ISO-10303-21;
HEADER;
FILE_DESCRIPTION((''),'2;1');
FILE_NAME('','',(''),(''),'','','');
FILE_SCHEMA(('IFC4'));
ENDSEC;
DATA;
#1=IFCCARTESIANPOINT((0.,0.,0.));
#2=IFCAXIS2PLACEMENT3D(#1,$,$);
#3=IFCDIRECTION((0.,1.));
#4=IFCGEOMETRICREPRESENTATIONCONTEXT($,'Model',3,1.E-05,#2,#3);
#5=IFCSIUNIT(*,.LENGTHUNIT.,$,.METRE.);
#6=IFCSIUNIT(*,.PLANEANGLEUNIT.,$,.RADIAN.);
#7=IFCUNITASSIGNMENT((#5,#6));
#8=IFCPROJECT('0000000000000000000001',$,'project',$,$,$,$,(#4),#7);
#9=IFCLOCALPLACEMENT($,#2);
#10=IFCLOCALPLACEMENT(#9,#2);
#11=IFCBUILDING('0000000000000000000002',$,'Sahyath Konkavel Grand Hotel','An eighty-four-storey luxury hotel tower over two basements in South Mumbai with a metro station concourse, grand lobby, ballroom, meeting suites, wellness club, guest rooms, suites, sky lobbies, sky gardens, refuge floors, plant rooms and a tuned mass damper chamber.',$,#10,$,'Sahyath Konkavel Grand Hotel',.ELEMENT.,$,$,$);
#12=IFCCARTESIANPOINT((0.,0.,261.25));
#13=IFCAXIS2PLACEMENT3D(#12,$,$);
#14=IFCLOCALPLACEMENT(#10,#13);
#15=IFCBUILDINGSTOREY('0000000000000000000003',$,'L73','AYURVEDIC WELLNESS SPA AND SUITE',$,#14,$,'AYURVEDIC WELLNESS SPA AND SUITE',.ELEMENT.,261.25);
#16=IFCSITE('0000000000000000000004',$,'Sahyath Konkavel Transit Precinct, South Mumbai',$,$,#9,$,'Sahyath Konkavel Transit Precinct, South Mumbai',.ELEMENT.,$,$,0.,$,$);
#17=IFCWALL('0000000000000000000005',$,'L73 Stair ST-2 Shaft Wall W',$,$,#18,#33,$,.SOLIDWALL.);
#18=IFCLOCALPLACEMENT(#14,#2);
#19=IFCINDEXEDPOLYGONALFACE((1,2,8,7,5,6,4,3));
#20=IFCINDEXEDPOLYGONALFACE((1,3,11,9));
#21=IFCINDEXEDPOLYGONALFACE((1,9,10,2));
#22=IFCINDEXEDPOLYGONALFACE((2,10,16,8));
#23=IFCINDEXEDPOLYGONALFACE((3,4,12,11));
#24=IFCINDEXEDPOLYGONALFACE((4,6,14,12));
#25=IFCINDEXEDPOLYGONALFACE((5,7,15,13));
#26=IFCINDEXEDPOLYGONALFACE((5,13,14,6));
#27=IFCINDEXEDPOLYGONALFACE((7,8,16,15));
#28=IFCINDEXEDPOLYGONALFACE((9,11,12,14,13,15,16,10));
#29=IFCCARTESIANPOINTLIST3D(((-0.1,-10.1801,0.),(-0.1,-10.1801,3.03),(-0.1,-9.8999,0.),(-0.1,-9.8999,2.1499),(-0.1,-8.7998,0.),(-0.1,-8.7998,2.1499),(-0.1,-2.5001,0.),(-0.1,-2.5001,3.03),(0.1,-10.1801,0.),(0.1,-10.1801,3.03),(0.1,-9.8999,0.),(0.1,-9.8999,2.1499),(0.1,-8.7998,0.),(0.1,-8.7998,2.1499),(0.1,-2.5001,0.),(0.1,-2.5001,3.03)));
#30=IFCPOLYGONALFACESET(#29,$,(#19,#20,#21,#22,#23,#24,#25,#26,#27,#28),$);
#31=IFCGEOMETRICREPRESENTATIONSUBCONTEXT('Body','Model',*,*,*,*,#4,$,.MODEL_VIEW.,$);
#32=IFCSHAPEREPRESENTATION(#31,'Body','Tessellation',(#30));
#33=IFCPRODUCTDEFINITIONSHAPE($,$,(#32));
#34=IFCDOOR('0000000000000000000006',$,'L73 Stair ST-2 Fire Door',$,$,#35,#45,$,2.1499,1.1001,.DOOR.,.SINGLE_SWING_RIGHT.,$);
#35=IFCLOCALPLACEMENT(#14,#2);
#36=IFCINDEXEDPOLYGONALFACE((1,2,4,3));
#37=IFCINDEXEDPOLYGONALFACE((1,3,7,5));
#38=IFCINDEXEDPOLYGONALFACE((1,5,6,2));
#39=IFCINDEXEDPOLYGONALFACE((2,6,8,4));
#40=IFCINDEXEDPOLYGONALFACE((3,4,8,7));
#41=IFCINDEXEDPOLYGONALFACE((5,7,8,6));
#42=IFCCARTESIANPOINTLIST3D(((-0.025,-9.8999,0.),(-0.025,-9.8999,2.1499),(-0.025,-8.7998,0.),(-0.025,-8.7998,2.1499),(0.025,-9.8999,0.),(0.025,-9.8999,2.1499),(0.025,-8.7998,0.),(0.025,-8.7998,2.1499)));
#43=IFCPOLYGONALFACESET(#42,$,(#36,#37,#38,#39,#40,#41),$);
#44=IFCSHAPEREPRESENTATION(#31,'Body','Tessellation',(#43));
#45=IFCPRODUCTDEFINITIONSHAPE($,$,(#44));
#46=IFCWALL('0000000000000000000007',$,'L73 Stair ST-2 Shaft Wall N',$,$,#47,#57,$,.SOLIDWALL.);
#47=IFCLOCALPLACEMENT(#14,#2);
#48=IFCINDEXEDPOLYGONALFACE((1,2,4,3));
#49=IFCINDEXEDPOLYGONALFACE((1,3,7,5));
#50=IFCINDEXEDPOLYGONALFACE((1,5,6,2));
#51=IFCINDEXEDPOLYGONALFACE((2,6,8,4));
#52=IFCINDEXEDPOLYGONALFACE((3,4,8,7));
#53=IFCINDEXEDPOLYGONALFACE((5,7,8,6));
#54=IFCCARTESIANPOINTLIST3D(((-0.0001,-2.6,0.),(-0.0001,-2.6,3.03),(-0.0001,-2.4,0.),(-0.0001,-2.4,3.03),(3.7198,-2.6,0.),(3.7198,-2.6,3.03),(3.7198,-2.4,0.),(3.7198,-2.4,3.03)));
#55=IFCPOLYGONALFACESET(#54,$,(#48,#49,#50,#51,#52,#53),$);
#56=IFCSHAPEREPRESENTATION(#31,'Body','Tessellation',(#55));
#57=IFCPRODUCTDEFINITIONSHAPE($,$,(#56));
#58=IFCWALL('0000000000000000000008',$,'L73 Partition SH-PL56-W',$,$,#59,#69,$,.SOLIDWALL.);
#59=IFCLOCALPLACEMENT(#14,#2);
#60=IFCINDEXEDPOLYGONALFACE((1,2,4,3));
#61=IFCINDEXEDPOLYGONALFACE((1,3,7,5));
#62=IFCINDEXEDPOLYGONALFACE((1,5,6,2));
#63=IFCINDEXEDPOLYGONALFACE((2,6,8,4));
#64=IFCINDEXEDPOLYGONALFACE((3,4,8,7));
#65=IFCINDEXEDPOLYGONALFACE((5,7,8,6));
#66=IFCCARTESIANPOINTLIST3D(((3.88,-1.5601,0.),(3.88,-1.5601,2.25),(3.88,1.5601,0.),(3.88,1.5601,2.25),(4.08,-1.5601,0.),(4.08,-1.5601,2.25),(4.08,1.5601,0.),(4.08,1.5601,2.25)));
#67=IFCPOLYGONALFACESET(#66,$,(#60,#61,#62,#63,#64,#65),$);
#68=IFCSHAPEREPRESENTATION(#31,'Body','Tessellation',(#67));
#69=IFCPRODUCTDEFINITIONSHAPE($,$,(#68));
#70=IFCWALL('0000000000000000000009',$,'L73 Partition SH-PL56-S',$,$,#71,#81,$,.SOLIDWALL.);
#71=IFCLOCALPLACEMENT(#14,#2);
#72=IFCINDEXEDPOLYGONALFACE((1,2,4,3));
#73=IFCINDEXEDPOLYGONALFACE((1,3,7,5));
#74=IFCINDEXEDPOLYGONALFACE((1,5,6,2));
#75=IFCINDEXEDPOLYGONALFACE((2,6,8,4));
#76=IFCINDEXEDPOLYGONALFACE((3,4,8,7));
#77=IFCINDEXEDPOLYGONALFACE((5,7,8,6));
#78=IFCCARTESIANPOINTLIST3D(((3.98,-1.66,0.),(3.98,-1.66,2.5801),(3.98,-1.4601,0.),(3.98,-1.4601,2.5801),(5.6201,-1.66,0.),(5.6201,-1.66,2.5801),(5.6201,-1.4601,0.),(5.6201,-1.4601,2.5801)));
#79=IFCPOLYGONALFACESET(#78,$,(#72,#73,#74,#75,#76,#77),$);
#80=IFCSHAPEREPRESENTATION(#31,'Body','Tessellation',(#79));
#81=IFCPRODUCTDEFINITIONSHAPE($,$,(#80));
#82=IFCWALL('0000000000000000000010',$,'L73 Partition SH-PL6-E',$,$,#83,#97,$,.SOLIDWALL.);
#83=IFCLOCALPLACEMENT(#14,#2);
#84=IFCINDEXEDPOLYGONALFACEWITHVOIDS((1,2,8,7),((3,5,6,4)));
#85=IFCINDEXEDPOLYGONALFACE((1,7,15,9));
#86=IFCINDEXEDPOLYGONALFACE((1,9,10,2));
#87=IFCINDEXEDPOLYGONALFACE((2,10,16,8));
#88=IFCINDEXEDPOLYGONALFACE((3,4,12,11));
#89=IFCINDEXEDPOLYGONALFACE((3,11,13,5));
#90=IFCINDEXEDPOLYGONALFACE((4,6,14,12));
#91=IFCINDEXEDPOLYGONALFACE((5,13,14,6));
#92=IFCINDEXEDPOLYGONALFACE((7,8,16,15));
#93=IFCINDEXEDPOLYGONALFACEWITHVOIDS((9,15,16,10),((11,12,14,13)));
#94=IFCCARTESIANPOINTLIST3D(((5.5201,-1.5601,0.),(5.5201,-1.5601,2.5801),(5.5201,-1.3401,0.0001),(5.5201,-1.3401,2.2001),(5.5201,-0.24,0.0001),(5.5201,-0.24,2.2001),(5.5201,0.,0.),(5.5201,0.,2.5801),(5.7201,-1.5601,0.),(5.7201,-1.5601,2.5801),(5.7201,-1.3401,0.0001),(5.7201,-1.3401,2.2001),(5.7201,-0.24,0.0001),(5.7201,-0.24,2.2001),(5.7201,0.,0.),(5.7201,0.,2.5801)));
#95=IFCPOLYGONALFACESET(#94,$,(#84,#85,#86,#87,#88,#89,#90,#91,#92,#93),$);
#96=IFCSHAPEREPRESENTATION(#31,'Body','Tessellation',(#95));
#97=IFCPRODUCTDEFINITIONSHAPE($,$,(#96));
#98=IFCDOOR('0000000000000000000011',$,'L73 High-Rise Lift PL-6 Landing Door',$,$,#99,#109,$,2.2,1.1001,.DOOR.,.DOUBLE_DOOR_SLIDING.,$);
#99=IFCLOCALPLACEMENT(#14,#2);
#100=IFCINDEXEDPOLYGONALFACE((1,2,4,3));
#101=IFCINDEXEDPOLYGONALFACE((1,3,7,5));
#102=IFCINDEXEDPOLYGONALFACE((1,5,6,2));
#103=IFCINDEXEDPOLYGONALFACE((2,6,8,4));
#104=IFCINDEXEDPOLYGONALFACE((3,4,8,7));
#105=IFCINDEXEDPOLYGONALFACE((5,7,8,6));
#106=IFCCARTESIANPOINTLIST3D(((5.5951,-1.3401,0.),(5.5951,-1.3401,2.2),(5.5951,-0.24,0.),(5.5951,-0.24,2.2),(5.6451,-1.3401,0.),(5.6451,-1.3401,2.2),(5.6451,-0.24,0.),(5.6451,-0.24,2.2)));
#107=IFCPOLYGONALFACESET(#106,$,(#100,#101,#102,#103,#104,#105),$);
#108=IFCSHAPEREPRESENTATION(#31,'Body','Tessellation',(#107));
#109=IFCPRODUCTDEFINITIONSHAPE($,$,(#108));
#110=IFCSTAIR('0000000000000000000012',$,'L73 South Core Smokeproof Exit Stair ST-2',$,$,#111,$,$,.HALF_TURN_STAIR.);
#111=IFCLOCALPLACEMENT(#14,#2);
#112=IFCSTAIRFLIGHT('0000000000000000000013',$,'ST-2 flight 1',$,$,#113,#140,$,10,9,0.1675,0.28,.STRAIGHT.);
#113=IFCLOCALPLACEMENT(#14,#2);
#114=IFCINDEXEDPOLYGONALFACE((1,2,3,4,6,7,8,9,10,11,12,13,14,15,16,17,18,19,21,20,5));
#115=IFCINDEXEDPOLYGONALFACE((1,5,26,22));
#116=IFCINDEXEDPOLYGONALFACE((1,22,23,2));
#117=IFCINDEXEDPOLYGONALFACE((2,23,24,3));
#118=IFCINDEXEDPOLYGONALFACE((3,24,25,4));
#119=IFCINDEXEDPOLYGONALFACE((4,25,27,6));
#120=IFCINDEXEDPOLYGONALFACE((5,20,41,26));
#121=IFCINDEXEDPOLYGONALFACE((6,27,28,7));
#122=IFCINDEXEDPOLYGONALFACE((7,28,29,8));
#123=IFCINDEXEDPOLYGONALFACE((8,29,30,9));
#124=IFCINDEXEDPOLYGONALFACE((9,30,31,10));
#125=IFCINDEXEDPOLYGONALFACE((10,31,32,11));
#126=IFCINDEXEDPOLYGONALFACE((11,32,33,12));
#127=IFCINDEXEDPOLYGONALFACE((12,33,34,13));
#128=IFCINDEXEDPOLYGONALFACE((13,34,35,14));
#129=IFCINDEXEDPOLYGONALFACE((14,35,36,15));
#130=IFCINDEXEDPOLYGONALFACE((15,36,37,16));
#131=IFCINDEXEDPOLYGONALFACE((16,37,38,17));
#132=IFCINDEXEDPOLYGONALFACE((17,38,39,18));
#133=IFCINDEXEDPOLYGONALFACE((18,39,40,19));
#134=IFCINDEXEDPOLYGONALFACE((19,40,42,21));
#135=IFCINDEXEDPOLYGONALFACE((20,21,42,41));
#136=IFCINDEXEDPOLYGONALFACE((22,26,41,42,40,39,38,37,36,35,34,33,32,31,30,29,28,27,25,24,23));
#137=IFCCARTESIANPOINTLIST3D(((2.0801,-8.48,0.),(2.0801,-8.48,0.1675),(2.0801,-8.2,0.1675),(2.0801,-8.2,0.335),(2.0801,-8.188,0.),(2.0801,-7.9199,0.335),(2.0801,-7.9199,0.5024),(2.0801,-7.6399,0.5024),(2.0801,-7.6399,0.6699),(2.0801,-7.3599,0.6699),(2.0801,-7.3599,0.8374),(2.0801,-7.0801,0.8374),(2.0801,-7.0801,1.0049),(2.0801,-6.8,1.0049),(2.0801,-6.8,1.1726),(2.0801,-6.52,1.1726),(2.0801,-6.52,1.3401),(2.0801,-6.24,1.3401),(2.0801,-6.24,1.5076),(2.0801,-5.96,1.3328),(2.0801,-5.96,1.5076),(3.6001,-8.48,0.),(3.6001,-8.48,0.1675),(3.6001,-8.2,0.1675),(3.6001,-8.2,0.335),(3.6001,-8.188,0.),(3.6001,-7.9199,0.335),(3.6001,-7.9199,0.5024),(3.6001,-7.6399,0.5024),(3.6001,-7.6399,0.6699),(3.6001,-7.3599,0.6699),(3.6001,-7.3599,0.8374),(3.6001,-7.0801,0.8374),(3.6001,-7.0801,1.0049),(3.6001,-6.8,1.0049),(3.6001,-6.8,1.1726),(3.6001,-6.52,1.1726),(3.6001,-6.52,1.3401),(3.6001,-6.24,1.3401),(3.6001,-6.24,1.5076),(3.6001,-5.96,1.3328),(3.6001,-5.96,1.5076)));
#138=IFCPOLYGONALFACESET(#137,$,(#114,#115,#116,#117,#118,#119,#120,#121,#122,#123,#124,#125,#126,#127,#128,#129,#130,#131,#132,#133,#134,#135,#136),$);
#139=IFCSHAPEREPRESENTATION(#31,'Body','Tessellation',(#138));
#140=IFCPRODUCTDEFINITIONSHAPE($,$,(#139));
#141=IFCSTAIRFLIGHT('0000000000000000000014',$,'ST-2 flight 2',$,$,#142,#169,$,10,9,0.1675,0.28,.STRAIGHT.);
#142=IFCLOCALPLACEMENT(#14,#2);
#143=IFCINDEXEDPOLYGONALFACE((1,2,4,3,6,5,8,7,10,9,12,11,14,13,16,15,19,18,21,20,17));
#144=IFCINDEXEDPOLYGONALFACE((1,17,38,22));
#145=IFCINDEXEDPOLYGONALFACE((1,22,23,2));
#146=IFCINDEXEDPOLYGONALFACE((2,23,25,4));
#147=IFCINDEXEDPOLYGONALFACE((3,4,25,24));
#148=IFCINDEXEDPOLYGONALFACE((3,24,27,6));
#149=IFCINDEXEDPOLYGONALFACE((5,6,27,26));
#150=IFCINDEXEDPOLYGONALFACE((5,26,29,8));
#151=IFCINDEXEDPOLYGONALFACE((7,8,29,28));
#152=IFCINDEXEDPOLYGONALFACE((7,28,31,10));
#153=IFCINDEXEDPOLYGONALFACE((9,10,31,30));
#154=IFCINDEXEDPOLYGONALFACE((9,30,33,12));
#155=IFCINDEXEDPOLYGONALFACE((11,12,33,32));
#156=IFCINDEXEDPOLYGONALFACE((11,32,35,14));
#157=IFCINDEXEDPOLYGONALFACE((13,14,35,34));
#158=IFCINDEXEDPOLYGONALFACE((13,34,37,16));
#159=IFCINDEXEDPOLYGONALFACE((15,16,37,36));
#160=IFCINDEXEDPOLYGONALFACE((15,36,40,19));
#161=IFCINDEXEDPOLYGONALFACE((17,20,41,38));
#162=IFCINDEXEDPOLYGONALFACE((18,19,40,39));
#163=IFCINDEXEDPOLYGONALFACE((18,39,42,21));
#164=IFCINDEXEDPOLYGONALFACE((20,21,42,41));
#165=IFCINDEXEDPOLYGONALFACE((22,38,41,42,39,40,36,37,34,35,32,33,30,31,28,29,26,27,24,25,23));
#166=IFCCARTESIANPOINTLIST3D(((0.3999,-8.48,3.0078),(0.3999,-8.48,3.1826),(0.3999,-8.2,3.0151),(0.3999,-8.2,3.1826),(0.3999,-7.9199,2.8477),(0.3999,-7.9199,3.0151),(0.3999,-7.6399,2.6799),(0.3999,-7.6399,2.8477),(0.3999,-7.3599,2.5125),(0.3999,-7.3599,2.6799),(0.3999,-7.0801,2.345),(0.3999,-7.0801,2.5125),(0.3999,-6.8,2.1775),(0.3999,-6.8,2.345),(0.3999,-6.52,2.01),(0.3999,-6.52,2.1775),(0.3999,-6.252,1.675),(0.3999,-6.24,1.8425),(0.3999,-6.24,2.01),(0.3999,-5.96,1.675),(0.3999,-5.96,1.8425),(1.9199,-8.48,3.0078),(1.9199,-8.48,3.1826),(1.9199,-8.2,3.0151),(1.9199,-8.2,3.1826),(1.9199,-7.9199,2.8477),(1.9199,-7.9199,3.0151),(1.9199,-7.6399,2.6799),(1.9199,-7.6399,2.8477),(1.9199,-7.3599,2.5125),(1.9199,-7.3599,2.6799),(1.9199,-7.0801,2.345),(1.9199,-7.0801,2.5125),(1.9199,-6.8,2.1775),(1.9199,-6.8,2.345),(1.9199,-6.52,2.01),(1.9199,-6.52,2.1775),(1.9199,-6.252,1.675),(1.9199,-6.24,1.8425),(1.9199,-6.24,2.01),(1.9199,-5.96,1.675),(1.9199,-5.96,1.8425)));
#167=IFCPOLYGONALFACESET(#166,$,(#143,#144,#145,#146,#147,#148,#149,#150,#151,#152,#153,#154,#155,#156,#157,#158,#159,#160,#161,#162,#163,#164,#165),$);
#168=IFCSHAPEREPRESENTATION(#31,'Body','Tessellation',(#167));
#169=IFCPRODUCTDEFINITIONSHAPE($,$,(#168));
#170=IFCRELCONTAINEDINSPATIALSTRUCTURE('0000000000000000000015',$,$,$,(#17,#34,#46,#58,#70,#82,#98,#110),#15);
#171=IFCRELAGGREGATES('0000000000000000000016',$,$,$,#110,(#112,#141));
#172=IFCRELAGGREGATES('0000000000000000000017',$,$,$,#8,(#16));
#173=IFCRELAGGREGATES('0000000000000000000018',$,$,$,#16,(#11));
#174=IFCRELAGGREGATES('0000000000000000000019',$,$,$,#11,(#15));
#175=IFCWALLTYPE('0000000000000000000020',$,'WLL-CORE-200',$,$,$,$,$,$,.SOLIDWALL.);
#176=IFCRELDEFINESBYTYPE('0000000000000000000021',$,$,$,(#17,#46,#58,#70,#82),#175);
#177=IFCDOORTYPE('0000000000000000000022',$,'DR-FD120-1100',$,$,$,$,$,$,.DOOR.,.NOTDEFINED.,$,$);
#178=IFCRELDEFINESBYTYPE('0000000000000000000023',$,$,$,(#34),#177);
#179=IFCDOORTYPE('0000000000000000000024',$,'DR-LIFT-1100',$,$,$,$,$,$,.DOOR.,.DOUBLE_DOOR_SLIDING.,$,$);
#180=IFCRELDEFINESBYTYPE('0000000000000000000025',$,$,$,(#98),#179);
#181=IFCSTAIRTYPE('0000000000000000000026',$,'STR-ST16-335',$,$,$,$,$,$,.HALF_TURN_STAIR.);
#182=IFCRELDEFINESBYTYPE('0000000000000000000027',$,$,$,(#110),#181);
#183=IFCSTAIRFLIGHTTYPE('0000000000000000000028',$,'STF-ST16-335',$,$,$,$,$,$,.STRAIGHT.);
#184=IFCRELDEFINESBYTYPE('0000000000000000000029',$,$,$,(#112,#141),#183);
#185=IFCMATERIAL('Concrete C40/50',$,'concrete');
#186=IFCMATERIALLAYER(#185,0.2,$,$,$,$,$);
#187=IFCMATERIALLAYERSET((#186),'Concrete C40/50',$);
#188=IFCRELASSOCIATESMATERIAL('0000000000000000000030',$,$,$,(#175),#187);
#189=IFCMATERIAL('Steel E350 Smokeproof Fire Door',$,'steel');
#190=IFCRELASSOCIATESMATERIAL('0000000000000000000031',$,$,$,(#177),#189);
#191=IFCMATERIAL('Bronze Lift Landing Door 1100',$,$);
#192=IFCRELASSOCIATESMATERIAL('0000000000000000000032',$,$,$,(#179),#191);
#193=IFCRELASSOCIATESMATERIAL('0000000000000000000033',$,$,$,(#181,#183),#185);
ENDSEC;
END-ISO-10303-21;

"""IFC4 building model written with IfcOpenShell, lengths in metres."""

from ifc_helpers import new_model, si_unit, direction, frame, frame_2d, origin, origin_2d, place, context, subcontext, project, spatial, polyline, rectangle, outline, extrude, source, transform, mapped, material, layer, layer_set, type_object, element, fill, aggregate, save


model = new_model("IFC4")

# Units and contexts
model_context = context("Model", 3, precision=1e-05, world=origin(), true_north=direction((0.0, 1.0)))
body_context = subcontext(model_context, "Body", "Model", "MODEL_VIEW")
ifc_project = project(units=[si_unit("LENGTHUNIT", "METRE"), si_unit("PLANEANGLEUNIT", "RADIAN")], contexts=[model_context])

# Site, building, storey
site_placement = place(None, origin())
site = spatial("IfcSite", under=ifc_project, at=site_placement, Name="Sahyath Konkavel Transit Precinct, South Mumbai", LongName="Sahyath Konkavel Transit Precinct, South Mumbai", CompositionType="ELEMENT", RefElevation=0.0)
building_placement = place(site_placement, origin())
building = spatial("IfcBuilding", under=site, at=building_placement, Name="Sahyath Konkavel Grand Hotel", Description="An eighty-four-storey luxury hotel tower over two basements in South Mumbai with a metro station concourse, grand lobby, ballroom, meeting suites, wellness club, guest rooms, suites, sky lobbies, sky gardens, refuge floors, plant rooms and a tuned mass damper chamber.", LongName="Sahyath Konkavel Grand Hotel", CompositionType="ELEMENT")
storey_placement = place(building_placement, frame((0.0, 0.0, 261.25)))
storey = spatial("IfcBuildingStorey", under=building, at=storey_placement, Name="L73", Description="AYURVEDIC WELLNESS SPA AND SUITE", LongName="AYURVEDIC WELLNESS SPA AND SUITE", CompositionType="ELEMENT", Elevation=261.25)

# Shared definitions
ifc_material_1 = material(Name="Concrete C40/50", Category="concrete")

# Wall, opening, door
ifc_layer_1 = layer(ifc_material_1, 0.2)
ifc_layer_set_1 = layer_set([ifc_layer_1], Name="Concrete C40/50")
wall_type_1 = type_object("IfcWallType", Name="WLL-CORE-200", PredefinedType="SOLIDWALL", material=ifc_layer_set_1)
wall_1_placement = place(storey_placement, frame((0.0, -10.1799, 0.0), z_axis=(0.0, 0.0, 1.0), x_axis=(0.0, 1.0, 0.0)))
wall_1 = element("IfcWall", 1, at=wall_1_placement, inside=storey, type_object=wall_type_1, Name="L73 Stair ST-2 Shaft Wall W", PredefinedType="SOLIDWALL", context=body_context, shape_type="SweptSolid", body=[
    extrude(rectangle(XDim=7.6799, YDim=0.2, at=frame_2d((3.8398, 0.0))), origin(), (0.0, 0.0, 1.0), 3.03),
])
opening_1_placement = place(wall_1_placement, frame((0.28, 0.0, 0.0)))
opening_1 = element("IfcOpeningElement", 2, at=opening_1_placement, cuts=wall_1, PredefinedType="OPENING", context=body_context, shape_type="SweptSolid", body=[
    extrude(rectangle(XDim=1.1001, YDim=2.1499, at=frame_2d((0.55, 1.075))), frame((0.0, 0.1099, 0.0), z_axis=(0.0, -1.0, 0.0), x_axis=(1.0, 0.0, 0.0)), (0.0, 0.0, 1.0), 0.22),
])
ifc_material_2 = material(Name="Steel E350 Smokeproof Fire Door", Category="steel")
door_type_1 = type_object("IfcDoorType", Name="DR-FD120-1100", OperationType="NOTDEFINED", PredefinedType="DOOR", material=ifc_material_2)
shared_shape_1 = source(origin(), body_context, "Body", "SweptSolid", [
    extrude(rectangle(XDim=1.1001, YDim=0.05, at=origin_2d()), origin(), (0.0, 0.0, 1.0), 2.1499),
])
door_1_placement = place(opening_1_placement, frame((0.55, 0.0, 0.0)))
door_1 = element("IfcDoor", 3, at=door_1_placement, inside=storey, type_object=door_type_1, Name="L73 Stair ST-2 Fire Door", OperationType="SINGLE_SWING_RIGHT", OverallHeight=2.1499, OverallWidth=1.1001, PredefinedType="DOOR", context=body_context, shape_type="MappedRepresentation", body=[
    mapped(shared_shape_1, transform((0.0, 0.0, 0.0), scale=1.0)),
])
fill(opening_1, door_1)

# Walls
wall_2_placement = place(storey_placement, frame((0.0, -2.5, 0.0), z_axis=(0.0, 0.0, 1.0), x_axis=(1.0, 0.0, 0.0)))
element("IfcWall", 4, at=wall_2_placement, inside=storey, type_object=wall_type_1, Name="L73 Stair ST-2 Shaft Wall N", PredefinedType="SOLIDWALL", context=body_context, shape_type="SweptSolid", body=[
    extrude(rectangle(XDim=3.72, YDim=0.2, at=frame_2d((1.8599, 0.0))), origin(), (0.0, 0.0, 1.0), 3.03),
])
wall_3_placement = place(storey_placement, frame((3.98, -1.5601, 0.0), z_axis=(0.0, 0.0, 1.0), x_axis=(0.0, 1.0, 0.0)))
element("IfcWall", 5, at=wall_3_placement, inside=storey, type_object=wall_type_1, Name="L73 Partition SH-PL56-W", PredefinedType="SOLIDWALL", context=body_context, shape_type="SweptSolid", body=[
    extrude(rectangle(XDim=3.1201, YDim=0.2, at=frame_2d((1.5601, 0.0))), origin(), (0.0, 0.0, 1.0), 2.25),
])
wall_4_placement = place(storey_placement, frame((3.98, -1.5601, 0.0), z_axis=(0.0, 0.0, 1.0), x_axis=(1.0, 0.0, 0.0)))
element("IfcWall", 6, at=wall_4_placement, inside=storey, type_object=wall_type_1, Name="L73 Partition SH-PL56-S", PredefinedType="SOLIDWALL", context=body_context, shape_type="SweptSolid", body=[
    extrude(rectangle(XDim=1.6401, YDim=0.2, at=frame_2d((0.8201, 0.0))), origin(), (0.0, 0.0, 1.0), 2.5801),
])

# Wall, opening, door
wall_5_placement = place(storey_placement, frame((5.6201, -1.5601, 0.0), z_axis=(0.0, 0.0, 1.0), x_axis=(0.0, 1.0, 0.0)))
wall_5 = element("IfcWall", 7, at=wall_5_placement, inside=storey, type_object=wall_type_1, Name="L73 Partition SH-PL6-E", PredefinedType="SOLIDWALL", context=body_context, shape_type="SweptSolid", body=[
    extrude(rectangle(XDim=1.5601, YDim=0.2, at=frame_2d((0.78, 0.0))), origin(), (0.0, 0.0, 1.0), 2.5801),
])
opening_2_placement = place(wall_5_placement, frame((0.22, 0.0, 0.0)))
opening_2 = element("IfcOpeningElement", 8, at=opening_2_placement, cuts=wall_5, PredefinedType="OPENING", context=body_context, shape_type="SweptSolid", body=[
    extrude(rectangle(XDim=1.1001, YDim=2.2, at=frame_2d((0.55, 1.1001))), frame((0.0, 0.1099, 0.0), z_axis=(0.0, -1.0, 0.0), x_axis=(1.0, 0.0, 0.0)), (0.0, 0.0, 1.0), 0.22),
])
ifc_material_3 = material(Name="Bronze Lift Landing Door 1100")
door_type_2 = type_object("IfcDoorType", Name="DR-LIFT-1100", OperationType="DOUBLE_DOOR_SLIDING", PredefinedType="DOOR", material=ifc_material_3)
shared_shape_2 = source(origin(), body_context, "Body", "SweptSolid", [
    extrude(rectangle(XDim=1.1001, YDim=0.05, at=origin_2d()), origin(), (0.0, 0.0, 1.0), 2.2),
])
door_2_placement = place(opening_2_placement, frame((0.55, 0.0, 0.0)))
door_2 = element("IfcDoor", 9, at=door_2_placement, inside=storey, type_object=door_type_2, Name="L73 High-Rise Lift PL-6 Landing Door", OperationType="DOUBLE_DOOR_SLIDING", OverallHeight=2.2, OverallWidth=1.1001, PredefinedType="DOOR", context=body_context, shape_type="MappedRepresentation", body=[
    mapped(shared_shape_2, transform((0.0, 0.0, 0.0), scale=1.0)),
])
fill(opening_2, door_2)

# Stair, stair flights
stair_type = type_object("IfcStairType", Name="STR-ST16-335", PredefinedType="HALF_TURN_STAIR", material=ifc_material_1)
stair_placement = place(storey_placement, origin())
stair = element("IfcStair", 10, at=stair_placement, inside=storey, type_object=stair_type, Name="L73 South Core Smokeproof Exit Stair ST-2", PredefinedType="HALF_TURN_STAIR")
stair_flight_type = type_object("IfcStairFlightType", Name="STF-ST16-335", PredefinedType="STRAIGHT", material=ifc_material_1)
stair_flight_1_placement = place(storey_placement, frame((2.8401, -8.48, 0.0), z_axis=(0.0, 0.0, 1.0), x_axis=(0.0, 1.0, 0.0)))
stair_flight_1 = element("IfcStairFlight", 11, at=stair_flight_1_placement, type_object=stair_flight_type, Name="ST-2 flight 1", NumberOfRisers=10, NumberOfTreads=9, PredefinedType="STRAIGHT", RiserHeight=0.1675, TreadLength=0.28, context=body_context, shape_type="SweptSolid", body=[
    extrude(outline(polyline([(0.0, 0.0), (0.0, 0.1675), (0.28, 0.1675), (0.28, 0.335), (0.5601, 0.335), (0.5601, 0.5024), (0.8401, 0.5024), (0.8401, 0.6699), (1.1201, 0.6699), (1.1201, 0.8374), (1.3999, 0.8374), (1.3999, 1.0049), (1.6799, 1.0049), (1.6799, 1.1726), (1.96, 1.1726), (1.96, 1.3401), (2.24, 1.3401), (2.24, 1.5076), (2.52, 1.5076), (2.52, 1.675), (2.52, 1.3328), (0.292, 0.0), (0.0, 0.0)])), frame((0.0, 0.76, 0.0), z_axis=(0.0, -1.0, 0.0), x_axis=(1.0, 0.0, 0.0)), (0.0, 0.0, 1.0), 1.52),
])
stair_flight_2_placement = place(storey_placement, frame((1.1599, -5.96, 1.675), z_axis=(0.0, 0.0, 1.0), x_axis=(0.0, -1.0, 0.0)))
stair_flight_2 = element("IfcStairFlight", 12, at=stair_flight_2_placement, type_object=stair_flight_type, Name="ST-2 flight 2", NumberOfRisers=10, NumberOfTreads=9, PredefinedType="STRAIGHT", RiserHeight=0.1675, TreadLength=0.28, context=body_context, shape_type="SweptSolid", body=[
    extrude(outline(polyline([(0.0, 0.0), (0.0, 0.1675), (0.28, 0.1675), (0.28, 0.335), (0.5601, 0.335), (0.5601, 0.5024), (0.8401, 0.5024), (0.8401, 0.6699), (1.1201, 0.6699), (1.1201, 0.8374), (1.3999, 0.8374), (1.3999, 1.0049), (1.6799, 1.0049), (1.6799, 1.1726), (1.96, 1.1726), (1.96, 1.3401), (2.24, 1.3401), (2.24, 1.5076), (2.52, 1.5076), (2.52, 1.675), (2.52, 1.3328), (0.292, 0.0), (0.0, 0.0)])), frame((0.0, 0.76, 0.0), z_axis=(0.0, -1.0, 0.0), x_axis=(1.0, 0.0, 0.0)), (0.0, 0.0, 1.0), 1.52),
])
aggregate(stair, [stair_flight_1, stair_flight_2])

save(model, "model.ifc")
